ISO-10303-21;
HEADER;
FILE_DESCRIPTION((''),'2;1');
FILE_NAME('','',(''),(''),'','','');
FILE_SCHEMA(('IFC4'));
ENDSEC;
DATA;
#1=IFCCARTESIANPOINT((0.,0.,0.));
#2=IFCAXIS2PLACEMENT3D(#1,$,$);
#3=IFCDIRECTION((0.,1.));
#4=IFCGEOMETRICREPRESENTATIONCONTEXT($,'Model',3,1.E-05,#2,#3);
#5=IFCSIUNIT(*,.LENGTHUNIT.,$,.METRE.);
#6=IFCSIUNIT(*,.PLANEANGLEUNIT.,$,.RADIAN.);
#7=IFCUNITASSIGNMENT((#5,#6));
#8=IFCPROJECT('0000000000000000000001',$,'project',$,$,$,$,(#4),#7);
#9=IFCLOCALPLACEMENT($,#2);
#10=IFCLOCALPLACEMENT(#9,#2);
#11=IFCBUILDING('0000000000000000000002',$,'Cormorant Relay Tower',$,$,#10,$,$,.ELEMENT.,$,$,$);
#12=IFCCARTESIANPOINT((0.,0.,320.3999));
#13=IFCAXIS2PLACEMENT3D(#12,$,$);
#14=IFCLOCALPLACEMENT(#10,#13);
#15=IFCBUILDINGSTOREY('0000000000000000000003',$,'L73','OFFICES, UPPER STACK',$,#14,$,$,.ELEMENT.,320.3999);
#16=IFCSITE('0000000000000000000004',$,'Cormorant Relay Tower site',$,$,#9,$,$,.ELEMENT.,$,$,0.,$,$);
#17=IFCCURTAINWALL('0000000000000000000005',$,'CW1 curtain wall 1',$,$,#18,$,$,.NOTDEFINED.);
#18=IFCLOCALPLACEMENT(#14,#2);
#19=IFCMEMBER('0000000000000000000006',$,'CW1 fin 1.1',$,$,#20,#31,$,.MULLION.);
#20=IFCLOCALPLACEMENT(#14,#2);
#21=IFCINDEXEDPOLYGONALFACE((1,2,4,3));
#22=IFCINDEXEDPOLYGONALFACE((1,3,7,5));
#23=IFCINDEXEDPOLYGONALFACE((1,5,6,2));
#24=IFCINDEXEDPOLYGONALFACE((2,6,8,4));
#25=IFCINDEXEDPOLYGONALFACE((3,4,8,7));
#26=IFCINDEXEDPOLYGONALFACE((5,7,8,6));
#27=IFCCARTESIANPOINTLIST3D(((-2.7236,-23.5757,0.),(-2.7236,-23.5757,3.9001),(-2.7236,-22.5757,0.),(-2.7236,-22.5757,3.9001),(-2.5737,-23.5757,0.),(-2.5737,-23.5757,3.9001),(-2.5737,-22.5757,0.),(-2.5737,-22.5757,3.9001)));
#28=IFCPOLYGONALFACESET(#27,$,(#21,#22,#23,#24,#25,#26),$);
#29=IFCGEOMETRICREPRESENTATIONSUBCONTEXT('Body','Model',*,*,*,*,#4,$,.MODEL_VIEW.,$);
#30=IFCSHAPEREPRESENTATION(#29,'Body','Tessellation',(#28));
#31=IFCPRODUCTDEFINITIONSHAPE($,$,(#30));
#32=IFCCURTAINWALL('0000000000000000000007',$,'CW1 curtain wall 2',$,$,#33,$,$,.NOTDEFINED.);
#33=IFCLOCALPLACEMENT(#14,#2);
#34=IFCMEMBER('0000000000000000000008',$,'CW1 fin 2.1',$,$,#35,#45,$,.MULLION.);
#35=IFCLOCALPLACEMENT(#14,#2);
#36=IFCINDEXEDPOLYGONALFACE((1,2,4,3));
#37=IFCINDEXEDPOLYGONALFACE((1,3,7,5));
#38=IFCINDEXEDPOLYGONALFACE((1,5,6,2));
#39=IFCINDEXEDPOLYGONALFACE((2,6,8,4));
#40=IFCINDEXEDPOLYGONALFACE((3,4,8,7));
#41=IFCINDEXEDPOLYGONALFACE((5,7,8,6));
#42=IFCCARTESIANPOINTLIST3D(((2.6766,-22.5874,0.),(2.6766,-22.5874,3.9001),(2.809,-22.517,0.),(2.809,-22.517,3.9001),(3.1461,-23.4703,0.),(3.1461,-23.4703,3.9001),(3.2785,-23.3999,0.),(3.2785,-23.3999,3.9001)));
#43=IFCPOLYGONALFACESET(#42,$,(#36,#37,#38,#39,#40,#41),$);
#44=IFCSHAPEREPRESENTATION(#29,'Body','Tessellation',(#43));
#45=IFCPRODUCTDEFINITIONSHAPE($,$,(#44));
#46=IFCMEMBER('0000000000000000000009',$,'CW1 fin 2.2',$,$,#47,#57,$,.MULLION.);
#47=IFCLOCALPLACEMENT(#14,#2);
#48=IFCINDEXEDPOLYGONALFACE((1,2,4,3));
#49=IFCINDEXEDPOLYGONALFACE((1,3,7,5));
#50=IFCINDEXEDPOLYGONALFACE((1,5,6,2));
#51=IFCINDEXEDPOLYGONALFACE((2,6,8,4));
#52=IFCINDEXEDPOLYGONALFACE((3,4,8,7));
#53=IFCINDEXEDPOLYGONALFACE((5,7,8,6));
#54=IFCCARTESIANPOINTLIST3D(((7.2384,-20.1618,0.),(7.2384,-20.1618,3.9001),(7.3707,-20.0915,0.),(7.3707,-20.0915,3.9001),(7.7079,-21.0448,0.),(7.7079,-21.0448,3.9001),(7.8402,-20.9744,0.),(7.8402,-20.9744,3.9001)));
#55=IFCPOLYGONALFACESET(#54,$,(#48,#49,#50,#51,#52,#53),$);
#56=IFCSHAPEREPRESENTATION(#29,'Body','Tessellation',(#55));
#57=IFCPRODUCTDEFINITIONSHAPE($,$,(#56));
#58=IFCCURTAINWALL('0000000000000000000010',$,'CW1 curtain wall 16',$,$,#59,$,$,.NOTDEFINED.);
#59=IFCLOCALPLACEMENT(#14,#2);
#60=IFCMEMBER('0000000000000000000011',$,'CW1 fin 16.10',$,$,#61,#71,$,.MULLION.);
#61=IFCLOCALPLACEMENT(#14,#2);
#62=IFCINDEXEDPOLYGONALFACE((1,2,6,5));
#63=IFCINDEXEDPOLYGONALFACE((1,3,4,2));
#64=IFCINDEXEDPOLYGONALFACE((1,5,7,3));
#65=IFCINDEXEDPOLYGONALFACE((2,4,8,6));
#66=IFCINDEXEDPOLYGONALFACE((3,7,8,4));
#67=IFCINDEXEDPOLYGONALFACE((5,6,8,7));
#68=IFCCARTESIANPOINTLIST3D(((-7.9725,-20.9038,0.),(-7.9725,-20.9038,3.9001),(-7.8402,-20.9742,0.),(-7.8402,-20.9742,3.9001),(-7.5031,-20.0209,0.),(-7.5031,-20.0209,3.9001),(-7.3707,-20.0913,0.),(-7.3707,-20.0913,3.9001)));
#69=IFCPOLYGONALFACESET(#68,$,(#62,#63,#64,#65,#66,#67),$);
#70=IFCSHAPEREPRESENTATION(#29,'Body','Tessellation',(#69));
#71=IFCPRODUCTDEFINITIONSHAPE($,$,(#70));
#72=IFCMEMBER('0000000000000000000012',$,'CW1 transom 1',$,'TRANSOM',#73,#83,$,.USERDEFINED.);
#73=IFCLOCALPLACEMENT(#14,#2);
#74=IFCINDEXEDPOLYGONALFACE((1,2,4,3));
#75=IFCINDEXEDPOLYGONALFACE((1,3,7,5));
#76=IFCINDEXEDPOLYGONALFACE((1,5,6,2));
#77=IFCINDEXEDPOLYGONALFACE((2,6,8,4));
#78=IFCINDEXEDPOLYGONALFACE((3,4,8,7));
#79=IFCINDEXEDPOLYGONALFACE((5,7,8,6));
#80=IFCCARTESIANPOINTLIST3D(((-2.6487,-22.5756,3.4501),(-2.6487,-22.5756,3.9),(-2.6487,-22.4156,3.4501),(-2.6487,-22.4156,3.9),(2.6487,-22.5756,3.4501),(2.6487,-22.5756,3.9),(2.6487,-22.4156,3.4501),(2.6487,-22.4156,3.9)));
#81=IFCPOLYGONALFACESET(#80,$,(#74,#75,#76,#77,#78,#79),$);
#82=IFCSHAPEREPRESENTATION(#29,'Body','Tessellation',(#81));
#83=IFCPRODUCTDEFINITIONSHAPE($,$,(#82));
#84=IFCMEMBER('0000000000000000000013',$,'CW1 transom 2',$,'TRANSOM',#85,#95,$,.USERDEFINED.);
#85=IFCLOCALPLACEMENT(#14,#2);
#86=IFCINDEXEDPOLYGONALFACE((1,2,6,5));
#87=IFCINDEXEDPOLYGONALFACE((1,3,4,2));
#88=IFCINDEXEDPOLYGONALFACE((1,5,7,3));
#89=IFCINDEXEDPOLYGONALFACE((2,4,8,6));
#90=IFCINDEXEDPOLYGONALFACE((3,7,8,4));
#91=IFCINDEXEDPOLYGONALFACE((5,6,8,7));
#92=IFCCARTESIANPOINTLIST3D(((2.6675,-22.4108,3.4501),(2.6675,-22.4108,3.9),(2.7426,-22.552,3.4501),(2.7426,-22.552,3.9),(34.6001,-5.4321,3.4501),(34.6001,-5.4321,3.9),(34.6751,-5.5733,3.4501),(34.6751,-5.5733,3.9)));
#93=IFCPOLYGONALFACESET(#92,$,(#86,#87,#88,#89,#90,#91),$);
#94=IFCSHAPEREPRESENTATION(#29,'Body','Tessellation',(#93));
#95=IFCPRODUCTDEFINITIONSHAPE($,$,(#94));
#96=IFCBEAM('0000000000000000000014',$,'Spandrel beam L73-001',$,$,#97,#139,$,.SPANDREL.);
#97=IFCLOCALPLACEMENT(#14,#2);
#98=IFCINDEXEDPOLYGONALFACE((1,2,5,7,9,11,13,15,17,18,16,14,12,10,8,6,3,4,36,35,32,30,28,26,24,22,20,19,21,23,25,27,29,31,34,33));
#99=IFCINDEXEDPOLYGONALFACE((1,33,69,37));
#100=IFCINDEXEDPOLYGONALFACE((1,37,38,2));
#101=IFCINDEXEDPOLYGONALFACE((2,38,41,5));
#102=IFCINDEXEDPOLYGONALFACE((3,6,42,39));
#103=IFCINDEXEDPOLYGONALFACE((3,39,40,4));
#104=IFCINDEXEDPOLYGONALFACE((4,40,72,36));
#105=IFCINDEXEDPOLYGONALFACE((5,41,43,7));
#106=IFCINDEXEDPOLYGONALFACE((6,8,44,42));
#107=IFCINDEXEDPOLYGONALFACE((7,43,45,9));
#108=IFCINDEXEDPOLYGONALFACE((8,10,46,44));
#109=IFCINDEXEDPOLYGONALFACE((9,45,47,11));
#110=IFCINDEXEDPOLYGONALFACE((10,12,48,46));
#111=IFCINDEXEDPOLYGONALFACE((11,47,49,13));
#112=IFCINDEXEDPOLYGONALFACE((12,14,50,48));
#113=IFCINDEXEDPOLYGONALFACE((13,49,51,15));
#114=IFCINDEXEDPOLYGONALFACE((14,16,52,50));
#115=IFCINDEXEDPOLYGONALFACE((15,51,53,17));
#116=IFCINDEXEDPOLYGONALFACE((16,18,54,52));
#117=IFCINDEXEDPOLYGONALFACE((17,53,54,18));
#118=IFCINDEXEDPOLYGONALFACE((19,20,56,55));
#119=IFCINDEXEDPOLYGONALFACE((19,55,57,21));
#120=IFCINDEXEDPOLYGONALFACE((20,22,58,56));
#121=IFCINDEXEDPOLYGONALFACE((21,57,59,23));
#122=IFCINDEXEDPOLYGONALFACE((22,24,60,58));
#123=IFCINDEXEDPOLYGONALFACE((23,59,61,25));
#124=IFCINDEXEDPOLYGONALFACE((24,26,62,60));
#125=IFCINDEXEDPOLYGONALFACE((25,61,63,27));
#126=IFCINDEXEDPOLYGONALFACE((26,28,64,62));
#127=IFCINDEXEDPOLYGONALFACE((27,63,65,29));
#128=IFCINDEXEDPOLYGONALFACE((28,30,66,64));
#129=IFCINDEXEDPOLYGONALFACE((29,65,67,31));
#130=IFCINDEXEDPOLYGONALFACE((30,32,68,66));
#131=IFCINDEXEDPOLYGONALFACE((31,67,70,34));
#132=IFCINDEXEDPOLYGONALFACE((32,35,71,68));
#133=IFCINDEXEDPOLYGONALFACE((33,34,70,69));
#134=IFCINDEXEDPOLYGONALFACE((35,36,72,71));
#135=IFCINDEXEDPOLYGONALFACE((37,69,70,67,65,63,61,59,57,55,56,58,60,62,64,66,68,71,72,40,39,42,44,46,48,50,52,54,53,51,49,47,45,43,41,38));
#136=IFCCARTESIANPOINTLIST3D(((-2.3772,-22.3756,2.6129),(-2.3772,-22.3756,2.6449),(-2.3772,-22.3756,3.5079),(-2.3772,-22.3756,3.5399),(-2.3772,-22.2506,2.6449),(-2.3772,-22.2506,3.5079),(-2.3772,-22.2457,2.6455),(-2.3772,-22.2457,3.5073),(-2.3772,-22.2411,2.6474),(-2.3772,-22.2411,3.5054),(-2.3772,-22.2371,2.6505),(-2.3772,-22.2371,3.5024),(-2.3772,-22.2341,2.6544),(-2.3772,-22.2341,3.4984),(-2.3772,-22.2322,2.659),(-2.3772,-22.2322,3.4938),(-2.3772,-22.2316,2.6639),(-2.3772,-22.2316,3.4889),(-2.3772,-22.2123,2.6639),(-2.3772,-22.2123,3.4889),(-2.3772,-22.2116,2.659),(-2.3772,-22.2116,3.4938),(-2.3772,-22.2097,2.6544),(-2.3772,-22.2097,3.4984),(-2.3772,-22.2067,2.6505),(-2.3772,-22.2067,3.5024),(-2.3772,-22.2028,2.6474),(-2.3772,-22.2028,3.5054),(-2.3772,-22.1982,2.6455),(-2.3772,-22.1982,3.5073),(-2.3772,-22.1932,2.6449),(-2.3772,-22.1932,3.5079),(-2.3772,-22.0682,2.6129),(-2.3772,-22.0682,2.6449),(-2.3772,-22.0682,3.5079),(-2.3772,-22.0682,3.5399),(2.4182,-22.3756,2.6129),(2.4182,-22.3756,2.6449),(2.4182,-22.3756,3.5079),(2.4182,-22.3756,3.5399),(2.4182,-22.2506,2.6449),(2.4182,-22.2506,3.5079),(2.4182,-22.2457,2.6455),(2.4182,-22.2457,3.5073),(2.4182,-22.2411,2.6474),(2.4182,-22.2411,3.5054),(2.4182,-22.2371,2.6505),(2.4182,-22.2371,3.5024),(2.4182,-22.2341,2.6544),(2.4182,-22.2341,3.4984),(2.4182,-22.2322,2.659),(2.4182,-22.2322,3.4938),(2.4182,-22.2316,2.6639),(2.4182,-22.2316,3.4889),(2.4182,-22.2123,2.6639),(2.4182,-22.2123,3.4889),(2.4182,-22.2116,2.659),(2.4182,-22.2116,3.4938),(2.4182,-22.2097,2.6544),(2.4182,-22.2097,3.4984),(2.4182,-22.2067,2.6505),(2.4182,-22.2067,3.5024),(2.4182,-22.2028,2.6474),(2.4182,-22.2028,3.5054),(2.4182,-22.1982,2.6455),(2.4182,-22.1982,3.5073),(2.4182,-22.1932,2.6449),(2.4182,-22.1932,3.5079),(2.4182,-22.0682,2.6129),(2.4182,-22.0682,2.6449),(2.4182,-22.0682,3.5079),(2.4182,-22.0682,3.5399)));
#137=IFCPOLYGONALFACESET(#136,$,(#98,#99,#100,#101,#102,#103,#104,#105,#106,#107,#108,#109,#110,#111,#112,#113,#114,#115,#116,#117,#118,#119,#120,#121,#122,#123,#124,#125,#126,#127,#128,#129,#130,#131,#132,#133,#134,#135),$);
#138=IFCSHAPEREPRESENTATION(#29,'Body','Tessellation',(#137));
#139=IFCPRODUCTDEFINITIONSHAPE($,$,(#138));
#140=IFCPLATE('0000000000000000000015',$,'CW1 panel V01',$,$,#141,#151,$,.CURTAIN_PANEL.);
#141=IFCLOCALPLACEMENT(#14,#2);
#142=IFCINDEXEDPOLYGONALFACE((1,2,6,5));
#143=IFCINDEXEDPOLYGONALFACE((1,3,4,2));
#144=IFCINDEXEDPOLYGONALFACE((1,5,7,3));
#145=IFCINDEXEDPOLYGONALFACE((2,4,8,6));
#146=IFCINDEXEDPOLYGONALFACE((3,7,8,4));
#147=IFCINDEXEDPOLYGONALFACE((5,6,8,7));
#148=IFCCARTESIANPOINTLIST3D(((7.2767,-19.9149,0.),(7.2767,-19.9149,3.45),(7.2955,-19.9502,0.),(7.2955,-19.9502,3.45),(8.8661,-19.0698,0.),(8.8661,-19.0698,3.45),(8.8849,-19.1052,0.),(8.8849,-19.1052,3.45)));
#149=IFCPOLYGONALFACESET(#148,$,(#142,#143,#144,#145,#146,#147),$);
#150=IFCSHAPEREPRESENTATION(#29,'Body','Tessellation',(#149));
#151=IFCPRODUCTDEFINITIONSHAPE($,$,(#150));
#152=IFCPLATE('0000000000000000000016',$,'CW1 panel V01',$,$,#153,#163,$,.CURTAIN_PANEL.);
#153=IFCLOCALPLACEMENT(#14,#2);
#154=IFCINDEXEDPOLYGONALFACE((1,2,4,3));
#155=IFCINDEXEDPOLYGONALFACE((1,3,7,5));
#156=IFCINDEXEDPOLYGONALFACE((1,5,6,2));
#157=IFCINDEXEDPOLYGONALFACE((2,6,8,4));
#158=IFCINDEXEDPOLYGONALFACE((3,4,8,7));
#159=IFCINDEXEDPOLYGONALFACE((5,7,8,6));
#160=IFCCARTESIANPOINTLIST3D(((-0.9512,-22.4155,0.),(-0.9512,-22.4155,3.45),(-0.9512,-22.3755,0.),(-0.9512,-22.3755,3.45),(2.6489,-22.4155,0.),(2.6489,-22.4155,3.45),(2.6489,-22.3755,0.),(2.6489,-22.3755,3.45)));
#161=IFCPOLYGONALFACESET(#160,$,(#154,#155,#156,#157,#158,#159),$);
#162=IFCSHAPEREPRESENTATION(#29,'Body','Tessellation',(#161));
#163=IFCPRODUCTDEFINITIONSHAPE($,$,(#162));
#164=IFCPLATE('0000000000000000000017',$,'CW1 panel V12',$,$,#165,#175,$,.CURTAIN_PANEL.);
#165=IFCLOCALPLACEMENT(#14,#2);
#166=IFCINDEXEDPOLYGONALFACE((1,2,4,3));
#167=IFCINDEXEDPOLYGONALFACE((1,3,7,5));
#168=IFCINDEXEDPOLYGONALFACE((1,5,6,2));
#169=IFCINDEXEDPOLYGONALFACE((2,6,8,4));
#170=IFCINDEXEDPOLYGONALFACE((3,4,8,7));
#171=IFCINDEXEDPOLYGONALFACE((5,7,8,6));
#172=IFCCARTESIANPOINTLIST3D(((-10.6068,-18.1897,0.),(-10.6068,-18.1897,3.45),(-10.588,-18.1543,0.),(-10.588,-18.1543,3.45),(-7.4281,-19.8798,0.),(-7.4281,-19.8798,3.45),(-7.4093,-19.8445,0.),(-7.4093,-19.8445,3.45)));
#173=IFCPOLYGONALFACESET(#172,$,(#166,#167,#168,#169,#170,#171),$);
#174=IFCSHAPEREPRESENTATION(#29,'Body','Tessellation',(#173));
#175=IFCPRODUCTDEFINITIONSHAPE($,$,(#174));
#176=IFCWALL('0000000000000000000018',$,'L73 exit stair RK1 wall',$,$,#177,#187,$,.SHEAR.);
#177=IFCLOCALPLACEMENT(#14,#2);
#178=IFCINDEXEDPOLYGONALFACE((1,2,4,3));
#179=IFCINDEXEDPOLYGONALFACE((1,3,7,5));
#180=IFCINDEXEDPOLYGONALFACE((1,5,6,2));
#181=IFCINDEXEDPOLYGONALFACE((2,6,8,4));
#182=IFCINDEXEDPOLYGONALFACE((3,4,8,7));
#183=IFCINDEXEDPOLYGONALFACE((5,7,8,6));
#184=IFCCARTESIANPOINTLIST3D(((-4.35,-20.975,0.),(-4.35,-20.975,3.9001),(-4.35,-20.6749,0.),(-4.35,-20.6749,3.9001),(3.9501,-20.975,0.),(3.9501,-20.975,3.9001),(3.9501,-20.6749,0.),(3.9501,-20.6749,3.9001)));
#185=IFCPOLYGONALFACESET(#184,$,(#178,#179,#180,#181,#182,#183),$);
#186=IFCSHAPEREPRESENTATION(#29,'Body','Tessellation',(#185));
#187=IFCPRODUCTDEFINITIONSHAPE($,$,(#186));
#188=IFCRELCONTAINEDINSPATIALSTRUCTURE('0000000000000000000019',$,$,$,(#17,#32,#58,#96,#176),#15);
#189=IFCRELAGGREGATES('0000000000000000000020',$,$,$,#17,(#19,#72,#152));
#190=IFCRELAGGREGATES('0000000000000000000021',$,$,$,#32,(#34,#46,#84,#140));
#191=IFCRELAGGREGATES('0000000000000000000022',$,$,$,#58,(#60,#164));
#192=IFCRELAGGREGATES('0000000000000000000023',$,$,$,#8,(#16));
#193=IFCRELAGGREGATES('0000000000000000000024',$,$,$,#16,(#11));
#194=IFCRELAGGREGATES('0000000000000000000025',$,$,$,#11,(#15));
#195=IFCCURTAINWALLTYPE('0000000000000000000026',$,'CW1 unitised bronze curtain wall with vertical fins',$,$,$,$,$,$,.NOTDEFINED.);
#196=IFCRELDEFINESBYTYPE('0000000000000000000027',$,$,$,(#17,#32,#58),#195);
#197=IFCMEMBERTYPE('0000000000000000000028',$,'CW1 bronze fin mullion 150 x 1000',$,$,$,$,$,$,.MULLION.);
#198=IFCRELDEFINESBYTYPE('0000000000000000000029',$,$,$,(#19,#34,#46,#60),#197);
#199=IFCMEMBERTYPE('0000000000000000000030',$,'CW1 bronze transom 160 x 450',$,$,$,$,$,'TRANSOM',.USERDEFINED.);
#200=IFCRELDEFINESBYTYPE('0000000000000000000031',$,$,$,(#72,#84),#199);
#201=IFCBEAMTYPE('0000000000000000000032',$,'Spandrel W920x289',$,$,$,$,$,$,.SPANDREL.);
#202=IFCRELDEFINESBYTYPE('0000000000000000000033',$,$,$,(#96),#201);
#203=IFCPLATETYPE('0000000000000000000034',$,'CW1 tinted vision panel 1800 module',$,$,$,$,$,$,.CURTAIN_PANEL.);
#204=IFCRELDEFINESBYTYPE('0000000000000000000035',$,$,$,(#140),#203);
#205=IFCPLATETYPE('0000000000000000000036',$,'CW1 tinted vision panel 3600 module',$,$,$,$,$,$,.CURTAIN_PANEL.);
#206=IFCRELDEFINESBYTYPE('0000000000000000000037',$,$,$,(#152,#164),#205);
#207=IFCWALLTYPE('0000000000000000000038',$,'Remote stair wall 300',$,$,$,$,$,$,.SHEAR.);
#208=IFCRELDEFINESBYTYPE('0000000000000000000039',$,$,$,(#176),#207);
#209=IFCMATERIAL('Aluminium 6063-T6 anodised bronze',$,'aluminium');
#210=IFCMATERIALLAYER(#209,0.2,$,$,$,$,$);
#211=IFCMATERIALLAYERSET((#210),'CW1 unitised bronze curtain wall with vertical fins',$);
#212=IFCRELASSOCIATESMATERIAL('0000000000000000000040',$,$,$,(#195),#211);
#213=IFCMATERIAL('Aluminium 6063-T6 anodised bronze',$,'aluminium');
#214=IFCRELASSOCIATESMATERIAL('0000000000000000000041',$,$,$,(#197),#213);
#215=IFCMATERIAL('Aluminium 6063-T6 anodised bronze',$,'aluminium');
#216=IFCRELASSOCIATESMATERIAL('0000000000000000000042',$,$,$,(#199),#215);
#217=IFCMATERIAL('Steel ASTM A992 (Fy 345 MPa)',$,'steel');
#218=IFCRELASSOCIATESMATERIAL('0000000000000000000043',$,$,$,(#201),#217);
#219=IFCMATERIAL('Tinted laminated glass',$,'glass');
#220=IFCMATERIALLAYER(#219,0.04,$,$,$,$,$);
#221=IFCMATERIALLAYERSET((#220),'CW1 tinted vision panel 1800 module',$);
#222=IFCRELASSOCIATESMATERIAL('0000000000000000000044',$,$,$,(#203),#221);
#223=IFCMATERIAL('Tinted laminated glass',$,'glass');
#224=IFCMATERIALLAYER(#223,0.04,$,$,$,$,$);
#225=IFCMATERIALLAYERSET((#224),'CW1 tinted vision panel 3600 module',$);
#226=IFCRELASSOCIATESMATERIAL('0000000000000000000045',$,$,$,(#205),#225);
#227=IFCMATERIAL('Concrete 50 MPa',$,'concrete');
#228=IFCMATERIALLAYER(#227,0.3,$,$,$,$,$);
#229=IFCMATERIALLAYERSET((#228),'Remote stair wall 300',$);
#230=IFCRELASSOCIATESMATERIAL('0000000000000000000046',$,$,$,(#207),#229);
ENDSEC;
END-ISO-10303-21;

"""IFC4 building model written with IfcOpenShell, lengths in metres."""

from ifc_helpers import new_model, si_unit, direction, frame, frame_2d, origin, origin_2d, place, context, subcontext, project, spatial, rectangle, i_section, extrude, material, layer, layer_set, material_profile, profile_set, type_object, element, aggregate, save


model = new_model("IFC4")

# Units and contexts
model_context = context("Model", 3, precision=1e-05, world=origin(), true_north=direction((0.0, 1.0)))
body_context = subcontext(model_context, "Body", "Model", "MODEL_VIEW")
ifc_project = project(units=[si_unit("LENGTHUNIT", "METRE"), si_unit("PLANEANGLEUNIT", "RADIAN")], contexts=[model_context])

# Site, building, storey
site_placement = place(None, origin())
site = spatial("IfcSite", under=ifc_project, at=site_placement, Name="Cormorant Relay Tower site", CompositionType="ELEMENT", RefElevation=0.0)
building_placement = place(site_placement, origin())
building = spatial("IfcBuilding", under=site, at=building_placement, Name="Cormorant Relay Tower", CompositionType="ELEMENT")
storey_placement = place(building_placement, frame((0.0, 0.0, 320.3999)))
storey = spatial("IfcBuildingStorey", under=building, at=storey_placement, Name="L73", Description="OFFICES, UPPER STACK", CompositionType="ELEMENT", Elevation=320.3999)

# Curtain wall, member
ifc_material_1 = material(Name="Aluminium 6063-T6 anodised bronze", Category="aluminium")
ifc_layer_1 = layer(ifc_material_1, 0.2)
ifc_layer_set_1 = layer_set([ifc_layer_1], Name="CW1 unitised bronze curtain wall with vertical fins")
curtain_wall_type = type_object("IfcCurtainWallType", Name="CW1 unitised bronze curtain wall with vertical fins", PredefinedType="NOTDEFINED", material=ifc_layer_set_1)
curtain_wall_1_placement = place(storey_placement, origin())
curtain_wall_1 = element("IfcCurtainWall", 1, at=curtain_wall_1_placement, inside=storey, type_object=curtain_wall_type, Name="CW1 curtain wall 1", PredefinedType="NOTDEFINED")
ifc_material_2 = material(Name="Aluminium 6063-T6 anodised bronze", Category="aluminium")
ifc_material_profile_1 = material_profile(ifc_material_2, rectangle(XDim=0.1499, YDim=1.0, at=origin_2d()), Name="AL 150x1000")
ifc_profile_set_1 = profile_set([ifc_material_profile_1], Name="Aluminium 6063-T6 anodised bronze")
member_type_1 = type_object("IfcMemberType", Name="CW1 bronze fin mullion 150 x 1000", PredefinedType="MULLION", material=ifc_profile_set_1)
member_1_placement = place(storey_placement, frame((-2.6487, -23.0757, 0.0), z_axis=(0.0, 0.0, 1.0), x_axis=(1.0, 0.0, 0.0)))
member_1 = element("IfcMember", 2, at=member_1_placement, type_object=member_type_1, Name="CW1 fin 1.1", PredefinedType="MULLION", context=body_context, shape_type="SweptSolid", body=[
    extrude(rectangle(XDim=0.1499, YDim=1.0, at=origin_2d()), origin(), (0.0, 0.0, 1.0), 3.9001),
])

# Curtain wall, members
curtain_wall_2_placement = place(storey_placement, origin())
curtain_wall_2 = element("IfcCurtainWall", 3, at=curtain_wall_2_placement, inside=storey, type_object=curtain_wall_type, Name="CW1 curtain wall 2", PredefinedType="NOTDEFINED")
member_2_placement = place(storey_placement, frame((2.9775, -22.9937, 0.0), z_axis=(0.0, 0.0, 1.0), x_axis=(0.882948, 0.469472, 0.0)))
member_2 = element("IfcMember", 4, at=member_2_placement, type_object=member_type_1, Name="CW1 fin 2.1", PredefinedType="MULLION", context=body_context, shape_type="SweptSolid", body=[
    extrude(rectangle(XDim=0.1499, YDim=1.0, at=origin_2d()), origin(), (0.0, 0.0, 1.0), 3.9001),
])
member_3_placement = place(storey_placement, frame((7.5393, -20.5681, 0.0), z_axis=(0.0, 0.0, 1.0), x_axis=(0.882948, 0.469472, 0.0)))
member_3 = element("IfcMember", 5, at=member_3_placement, type_object=member_type_1, Name="CW1 fin 2.2", PredefinedType="MULLION", context=body_context, shape_type="SweptSolid", body=[
    extrude(rectangle(XDim=0.1499, YDim=1.0, at=origin_2d()), origin(), (0.0, 0.0, 1.0), 3.9001),
])

# Curtain wall, member
curtain_wall_3_placement = place(storey_placement, origin())
curtain_wall_3 = element("IfcCurtainWall", 6, at=curtain_wall_3_placement, inside=storey, type_object=curtain_wall_type, Name="CW1 curtain wall 16", PredefinedType="NOTDEFINED")
member_4_placement = place(storey_placement, frame((-7.6716, -20.4976, 0.0), z_axis=(0.0, 0.0, 1.0), x_axis=(0.882948, -0.469472, 0.0)))
member_4 = element("IfcMember", 7, at=member_4_placement, type_object=member_type_1, Name="CW1 fin 16.10", PredefinedType="MULLION", context=body_context, shape_type="SweptSolid", body=[
    extrude(rectangle(XDim=0.1499, YDim=1.0, at=origin_2d()), origin(), (0.0, 0.0, 1.0), 3.9001),
])

# Members
ifc_material_3 = material(Name="Aluminium 6063-T6 anodised bronze", Category="aluminium")
ifc_material_profile_2 = material_profile(ifc_material_3, rectangle(XDim=0.1599, YDim=0.45, at=origin_2d()), Name="AL 160x450")
ifc_profile_set_2 = profile_set([ifc_material_profile_2], Name="Aluminium 6063-T6 anodised bronze")
member_type_2 = type_object("IfcMemberType", Name="CW1 bronze transom 160 x 450", ElementType="TRANSOM", PredefinedType="USERDEFINED", material=ifc_profile_set_2)
member_5_placement = place(storey_placement, frame((-2.6487, -22.4956, 3.675), z_axis=(1.0, 0.0, 0.0), x_axis=(0.0, 1.0, 0.0)))
member_5 = element("IfcMember", 8, at=member_5_placement, type_object=member_type_2, Name="CW1 transom 1", ObjectType="TRANSOM", PredefinedType="USERDEFINED", context=body_context, shape_type="SweptSolid", body=[
    extrude(rectangle(XDim=0.1599, YDim=0.45, at=origin_2d()), origin(), (0.0, 0.0, 1.0), 5.2974),
])
member_6_placement = place(storey_placement, frame((2.7051, -22.4814, 3.675), z_axis=(0.882949, 0.469469, 0.0), x_axis=(-0.469469, 0.882949, 0.0)))
member_6 = element("IfcMember", 9, at=member_6_placement, type_object=member_type_2, Name="CW1 transom 2", ObjectType="TRANSOM", PredefinedType="USERDEFINED", context=body_context, shape_type="SweptSolid", body=[
    extrude(rectangle(XDim=0.1599, YDim=0.45, at=origin_2d()), origin(), (0.0, 0.0, 1.0), 36.1658),
])

# Beam
ifc_material_4 = material(Name="Steel ASTM A992 (Fy 345 MPa)", Category="steel")
ifc_material_profile_3 = material_profile(ifc_material_4, i_section(OverallWidth=0.3074, OverallDepth=0.927, WebThickness=0.0193, FlangeThickness=0.032, FilletRadius=0.019, at=origin_2d()), Name="W920x289")
ifc_profile_set_3 = profile_set([ifc_material_profile_3], Name="Steel ASTM A992 (Fy 345 MPa)")
beam_type = type_object("IfcBeamType", Name="Spandrel W920x289", PredefinedType="SPANDREL", material=ifc_profile_set_3)
beam_placement = place(storey_placement, frame((-2.3772, -22.2219, 3.0764), z_axis=(1.0, 0.0, 0.0), x_axis=(0.0, 1.0, 0.0)))
element("IfcBeam", 10, at=beam_placement, inside=storey, type_object=beam_type, Name="Spandrel beam L73-001", PredefinedType="SPANDREL", context=body_context, shape_type="SweptSolid", body=[
    extrude(i_section(OverallWidth=0.3074, OverallDepth=0.927, WebThickness=0.0193, FlangeThickness=0.032, FilletRadius=0.019, at=origin_2d()), origin(), (0.0, 0.0, 1.0), 4.7954),
])

# Plates
ifc_material_5 = material(Name="Tinted laminated glass", Category="glass")
ifc_layer_2 = layer(ifc_material_5, 0.04)
ifc_layer_set_2 = layer_set([ifc_layer_2], Name="CW1 tinted vision panel 1800 module")
plate_type_1 = type_object("IfcPlateType", Name="CW1 tinted vision panel 1800 module", PredefinedType="CURTAIN_PANEL", material=ifc_layer_set_2)
plate_1_placement = place(storey_placement, frame((8.0808, -19.51, 0.0), z_axis=(0.0, 0.0, 1.0), x_axis=(0.882948, 0.469472, 0.0)))
plate_1 = element("IfcPlate", 11, at=plate_1_placement, type_object=plate_type_1, Name="CW1 panel V01", PredefinedType="CURTAIN_PANEL", context=body_context, shape_type="SweptSolid", body=[
    extrude(rectangle(XDim=1.8, YDim=0.04, at=origin_2d()), origin(), (0.0, 0.0, 1.0), 3.45),
])
ifc_material_6 = material(Name="Tinted laminated glass", Category="glass")
ifc_layer_3 = layer(ifc_material_6, 0.04)
ifc_layer_set_3 = layer_set([ifc_layer_3], Name="CW1 tinted vision panel 3600 module")
plate_type_2 = type_object("IfcPlateType", Name="CW1 tinted vision panel 3600 module", PredefinedType="CURTAIN_PANEL", material=ifc_layer_set_3)
plate_2_placement = place(storey_placement, frame((0.8489, -22.3955, 0.0), z_axis=(0.0, 0.0, 1.0), x_axis=(1.0, 0.0, 0.0)))
plate_2 = element("IfcPlate", 12, at=plate_2_placement, type_object=plate_type_2, Name="CW1 panel V01", PredefinedType="CURTAIN_PANEL", context=body_context, shape_type="SweptSolid", body=[
    extrude(rectangle(XDim=3.6001, YDim=0.04, at=origin_2d()), origin(), (0.0, 0.0, 1.0), 3.45),
])
plate_3_placement = place(storey_placement, frame((-9.0081, -19.0171, 0.0), z_axis=(0.0, 0.0, 1.0), x_axis=(0.882948, -0.469472, 0.0)))
plate_3 = element("IfcPlate", 13, at=plate_3_placement, type_object=plate_type_2, Name="CW1 panel V12", PredefinedType="CURTAIN_PANEL", context=body_context, shape_type="SweptSolid", body=[
    extrude(rectangle(XDim=3.6001, YDim=0.04, at=origin_2d()), origin(), (0.0, 0.0, 1.0), 3.45),
])

# Wall
ifc_material_7 = material(Name="Concrete 50 MPa", Category="concrete")
ifc_layer_4 = layer(ifc_material_7, 0.3)
ifc_layer_set_4 = layer_set([ifc_layer_4], Name="Remote stair wall 300")
wall_type_1 = type_object("IfcWallType", Name="Remote stair wall 300", PredefinedType="SHEAR", material=ifc_layer_set_4)
wall_1_placement = place(storey_placement, frame((3.95, -20.825, 0.0), z_axis=(0.0, 0.0, 1.0), x_axis=(-1.0, 0.0, 0.0)))
element("IfcWall", 14, at=wall_1_placement, inside=storey, type_object=wall_type_1, Name="L73 exit stair RK1 wall", PredefinedType="SHEAR", context=body_context, shape_type="SweptSolid", body=[
    extrude(rectangle(XDim=8.3, YDim=0.3, at=frame_2d((4.1499, 0.0))), origin(), (0.0, 0.0, 1.0), 3.9001),
])

aggregate(curtain_wall_1, [member_1, member_5, plate_2])
aggregate(curtain_wall_2, [member_2, member_3, member_6, plate_1])
aggregate(curtain_wall_3, [member_4, plate_3])

save(model, "model.ifc")
